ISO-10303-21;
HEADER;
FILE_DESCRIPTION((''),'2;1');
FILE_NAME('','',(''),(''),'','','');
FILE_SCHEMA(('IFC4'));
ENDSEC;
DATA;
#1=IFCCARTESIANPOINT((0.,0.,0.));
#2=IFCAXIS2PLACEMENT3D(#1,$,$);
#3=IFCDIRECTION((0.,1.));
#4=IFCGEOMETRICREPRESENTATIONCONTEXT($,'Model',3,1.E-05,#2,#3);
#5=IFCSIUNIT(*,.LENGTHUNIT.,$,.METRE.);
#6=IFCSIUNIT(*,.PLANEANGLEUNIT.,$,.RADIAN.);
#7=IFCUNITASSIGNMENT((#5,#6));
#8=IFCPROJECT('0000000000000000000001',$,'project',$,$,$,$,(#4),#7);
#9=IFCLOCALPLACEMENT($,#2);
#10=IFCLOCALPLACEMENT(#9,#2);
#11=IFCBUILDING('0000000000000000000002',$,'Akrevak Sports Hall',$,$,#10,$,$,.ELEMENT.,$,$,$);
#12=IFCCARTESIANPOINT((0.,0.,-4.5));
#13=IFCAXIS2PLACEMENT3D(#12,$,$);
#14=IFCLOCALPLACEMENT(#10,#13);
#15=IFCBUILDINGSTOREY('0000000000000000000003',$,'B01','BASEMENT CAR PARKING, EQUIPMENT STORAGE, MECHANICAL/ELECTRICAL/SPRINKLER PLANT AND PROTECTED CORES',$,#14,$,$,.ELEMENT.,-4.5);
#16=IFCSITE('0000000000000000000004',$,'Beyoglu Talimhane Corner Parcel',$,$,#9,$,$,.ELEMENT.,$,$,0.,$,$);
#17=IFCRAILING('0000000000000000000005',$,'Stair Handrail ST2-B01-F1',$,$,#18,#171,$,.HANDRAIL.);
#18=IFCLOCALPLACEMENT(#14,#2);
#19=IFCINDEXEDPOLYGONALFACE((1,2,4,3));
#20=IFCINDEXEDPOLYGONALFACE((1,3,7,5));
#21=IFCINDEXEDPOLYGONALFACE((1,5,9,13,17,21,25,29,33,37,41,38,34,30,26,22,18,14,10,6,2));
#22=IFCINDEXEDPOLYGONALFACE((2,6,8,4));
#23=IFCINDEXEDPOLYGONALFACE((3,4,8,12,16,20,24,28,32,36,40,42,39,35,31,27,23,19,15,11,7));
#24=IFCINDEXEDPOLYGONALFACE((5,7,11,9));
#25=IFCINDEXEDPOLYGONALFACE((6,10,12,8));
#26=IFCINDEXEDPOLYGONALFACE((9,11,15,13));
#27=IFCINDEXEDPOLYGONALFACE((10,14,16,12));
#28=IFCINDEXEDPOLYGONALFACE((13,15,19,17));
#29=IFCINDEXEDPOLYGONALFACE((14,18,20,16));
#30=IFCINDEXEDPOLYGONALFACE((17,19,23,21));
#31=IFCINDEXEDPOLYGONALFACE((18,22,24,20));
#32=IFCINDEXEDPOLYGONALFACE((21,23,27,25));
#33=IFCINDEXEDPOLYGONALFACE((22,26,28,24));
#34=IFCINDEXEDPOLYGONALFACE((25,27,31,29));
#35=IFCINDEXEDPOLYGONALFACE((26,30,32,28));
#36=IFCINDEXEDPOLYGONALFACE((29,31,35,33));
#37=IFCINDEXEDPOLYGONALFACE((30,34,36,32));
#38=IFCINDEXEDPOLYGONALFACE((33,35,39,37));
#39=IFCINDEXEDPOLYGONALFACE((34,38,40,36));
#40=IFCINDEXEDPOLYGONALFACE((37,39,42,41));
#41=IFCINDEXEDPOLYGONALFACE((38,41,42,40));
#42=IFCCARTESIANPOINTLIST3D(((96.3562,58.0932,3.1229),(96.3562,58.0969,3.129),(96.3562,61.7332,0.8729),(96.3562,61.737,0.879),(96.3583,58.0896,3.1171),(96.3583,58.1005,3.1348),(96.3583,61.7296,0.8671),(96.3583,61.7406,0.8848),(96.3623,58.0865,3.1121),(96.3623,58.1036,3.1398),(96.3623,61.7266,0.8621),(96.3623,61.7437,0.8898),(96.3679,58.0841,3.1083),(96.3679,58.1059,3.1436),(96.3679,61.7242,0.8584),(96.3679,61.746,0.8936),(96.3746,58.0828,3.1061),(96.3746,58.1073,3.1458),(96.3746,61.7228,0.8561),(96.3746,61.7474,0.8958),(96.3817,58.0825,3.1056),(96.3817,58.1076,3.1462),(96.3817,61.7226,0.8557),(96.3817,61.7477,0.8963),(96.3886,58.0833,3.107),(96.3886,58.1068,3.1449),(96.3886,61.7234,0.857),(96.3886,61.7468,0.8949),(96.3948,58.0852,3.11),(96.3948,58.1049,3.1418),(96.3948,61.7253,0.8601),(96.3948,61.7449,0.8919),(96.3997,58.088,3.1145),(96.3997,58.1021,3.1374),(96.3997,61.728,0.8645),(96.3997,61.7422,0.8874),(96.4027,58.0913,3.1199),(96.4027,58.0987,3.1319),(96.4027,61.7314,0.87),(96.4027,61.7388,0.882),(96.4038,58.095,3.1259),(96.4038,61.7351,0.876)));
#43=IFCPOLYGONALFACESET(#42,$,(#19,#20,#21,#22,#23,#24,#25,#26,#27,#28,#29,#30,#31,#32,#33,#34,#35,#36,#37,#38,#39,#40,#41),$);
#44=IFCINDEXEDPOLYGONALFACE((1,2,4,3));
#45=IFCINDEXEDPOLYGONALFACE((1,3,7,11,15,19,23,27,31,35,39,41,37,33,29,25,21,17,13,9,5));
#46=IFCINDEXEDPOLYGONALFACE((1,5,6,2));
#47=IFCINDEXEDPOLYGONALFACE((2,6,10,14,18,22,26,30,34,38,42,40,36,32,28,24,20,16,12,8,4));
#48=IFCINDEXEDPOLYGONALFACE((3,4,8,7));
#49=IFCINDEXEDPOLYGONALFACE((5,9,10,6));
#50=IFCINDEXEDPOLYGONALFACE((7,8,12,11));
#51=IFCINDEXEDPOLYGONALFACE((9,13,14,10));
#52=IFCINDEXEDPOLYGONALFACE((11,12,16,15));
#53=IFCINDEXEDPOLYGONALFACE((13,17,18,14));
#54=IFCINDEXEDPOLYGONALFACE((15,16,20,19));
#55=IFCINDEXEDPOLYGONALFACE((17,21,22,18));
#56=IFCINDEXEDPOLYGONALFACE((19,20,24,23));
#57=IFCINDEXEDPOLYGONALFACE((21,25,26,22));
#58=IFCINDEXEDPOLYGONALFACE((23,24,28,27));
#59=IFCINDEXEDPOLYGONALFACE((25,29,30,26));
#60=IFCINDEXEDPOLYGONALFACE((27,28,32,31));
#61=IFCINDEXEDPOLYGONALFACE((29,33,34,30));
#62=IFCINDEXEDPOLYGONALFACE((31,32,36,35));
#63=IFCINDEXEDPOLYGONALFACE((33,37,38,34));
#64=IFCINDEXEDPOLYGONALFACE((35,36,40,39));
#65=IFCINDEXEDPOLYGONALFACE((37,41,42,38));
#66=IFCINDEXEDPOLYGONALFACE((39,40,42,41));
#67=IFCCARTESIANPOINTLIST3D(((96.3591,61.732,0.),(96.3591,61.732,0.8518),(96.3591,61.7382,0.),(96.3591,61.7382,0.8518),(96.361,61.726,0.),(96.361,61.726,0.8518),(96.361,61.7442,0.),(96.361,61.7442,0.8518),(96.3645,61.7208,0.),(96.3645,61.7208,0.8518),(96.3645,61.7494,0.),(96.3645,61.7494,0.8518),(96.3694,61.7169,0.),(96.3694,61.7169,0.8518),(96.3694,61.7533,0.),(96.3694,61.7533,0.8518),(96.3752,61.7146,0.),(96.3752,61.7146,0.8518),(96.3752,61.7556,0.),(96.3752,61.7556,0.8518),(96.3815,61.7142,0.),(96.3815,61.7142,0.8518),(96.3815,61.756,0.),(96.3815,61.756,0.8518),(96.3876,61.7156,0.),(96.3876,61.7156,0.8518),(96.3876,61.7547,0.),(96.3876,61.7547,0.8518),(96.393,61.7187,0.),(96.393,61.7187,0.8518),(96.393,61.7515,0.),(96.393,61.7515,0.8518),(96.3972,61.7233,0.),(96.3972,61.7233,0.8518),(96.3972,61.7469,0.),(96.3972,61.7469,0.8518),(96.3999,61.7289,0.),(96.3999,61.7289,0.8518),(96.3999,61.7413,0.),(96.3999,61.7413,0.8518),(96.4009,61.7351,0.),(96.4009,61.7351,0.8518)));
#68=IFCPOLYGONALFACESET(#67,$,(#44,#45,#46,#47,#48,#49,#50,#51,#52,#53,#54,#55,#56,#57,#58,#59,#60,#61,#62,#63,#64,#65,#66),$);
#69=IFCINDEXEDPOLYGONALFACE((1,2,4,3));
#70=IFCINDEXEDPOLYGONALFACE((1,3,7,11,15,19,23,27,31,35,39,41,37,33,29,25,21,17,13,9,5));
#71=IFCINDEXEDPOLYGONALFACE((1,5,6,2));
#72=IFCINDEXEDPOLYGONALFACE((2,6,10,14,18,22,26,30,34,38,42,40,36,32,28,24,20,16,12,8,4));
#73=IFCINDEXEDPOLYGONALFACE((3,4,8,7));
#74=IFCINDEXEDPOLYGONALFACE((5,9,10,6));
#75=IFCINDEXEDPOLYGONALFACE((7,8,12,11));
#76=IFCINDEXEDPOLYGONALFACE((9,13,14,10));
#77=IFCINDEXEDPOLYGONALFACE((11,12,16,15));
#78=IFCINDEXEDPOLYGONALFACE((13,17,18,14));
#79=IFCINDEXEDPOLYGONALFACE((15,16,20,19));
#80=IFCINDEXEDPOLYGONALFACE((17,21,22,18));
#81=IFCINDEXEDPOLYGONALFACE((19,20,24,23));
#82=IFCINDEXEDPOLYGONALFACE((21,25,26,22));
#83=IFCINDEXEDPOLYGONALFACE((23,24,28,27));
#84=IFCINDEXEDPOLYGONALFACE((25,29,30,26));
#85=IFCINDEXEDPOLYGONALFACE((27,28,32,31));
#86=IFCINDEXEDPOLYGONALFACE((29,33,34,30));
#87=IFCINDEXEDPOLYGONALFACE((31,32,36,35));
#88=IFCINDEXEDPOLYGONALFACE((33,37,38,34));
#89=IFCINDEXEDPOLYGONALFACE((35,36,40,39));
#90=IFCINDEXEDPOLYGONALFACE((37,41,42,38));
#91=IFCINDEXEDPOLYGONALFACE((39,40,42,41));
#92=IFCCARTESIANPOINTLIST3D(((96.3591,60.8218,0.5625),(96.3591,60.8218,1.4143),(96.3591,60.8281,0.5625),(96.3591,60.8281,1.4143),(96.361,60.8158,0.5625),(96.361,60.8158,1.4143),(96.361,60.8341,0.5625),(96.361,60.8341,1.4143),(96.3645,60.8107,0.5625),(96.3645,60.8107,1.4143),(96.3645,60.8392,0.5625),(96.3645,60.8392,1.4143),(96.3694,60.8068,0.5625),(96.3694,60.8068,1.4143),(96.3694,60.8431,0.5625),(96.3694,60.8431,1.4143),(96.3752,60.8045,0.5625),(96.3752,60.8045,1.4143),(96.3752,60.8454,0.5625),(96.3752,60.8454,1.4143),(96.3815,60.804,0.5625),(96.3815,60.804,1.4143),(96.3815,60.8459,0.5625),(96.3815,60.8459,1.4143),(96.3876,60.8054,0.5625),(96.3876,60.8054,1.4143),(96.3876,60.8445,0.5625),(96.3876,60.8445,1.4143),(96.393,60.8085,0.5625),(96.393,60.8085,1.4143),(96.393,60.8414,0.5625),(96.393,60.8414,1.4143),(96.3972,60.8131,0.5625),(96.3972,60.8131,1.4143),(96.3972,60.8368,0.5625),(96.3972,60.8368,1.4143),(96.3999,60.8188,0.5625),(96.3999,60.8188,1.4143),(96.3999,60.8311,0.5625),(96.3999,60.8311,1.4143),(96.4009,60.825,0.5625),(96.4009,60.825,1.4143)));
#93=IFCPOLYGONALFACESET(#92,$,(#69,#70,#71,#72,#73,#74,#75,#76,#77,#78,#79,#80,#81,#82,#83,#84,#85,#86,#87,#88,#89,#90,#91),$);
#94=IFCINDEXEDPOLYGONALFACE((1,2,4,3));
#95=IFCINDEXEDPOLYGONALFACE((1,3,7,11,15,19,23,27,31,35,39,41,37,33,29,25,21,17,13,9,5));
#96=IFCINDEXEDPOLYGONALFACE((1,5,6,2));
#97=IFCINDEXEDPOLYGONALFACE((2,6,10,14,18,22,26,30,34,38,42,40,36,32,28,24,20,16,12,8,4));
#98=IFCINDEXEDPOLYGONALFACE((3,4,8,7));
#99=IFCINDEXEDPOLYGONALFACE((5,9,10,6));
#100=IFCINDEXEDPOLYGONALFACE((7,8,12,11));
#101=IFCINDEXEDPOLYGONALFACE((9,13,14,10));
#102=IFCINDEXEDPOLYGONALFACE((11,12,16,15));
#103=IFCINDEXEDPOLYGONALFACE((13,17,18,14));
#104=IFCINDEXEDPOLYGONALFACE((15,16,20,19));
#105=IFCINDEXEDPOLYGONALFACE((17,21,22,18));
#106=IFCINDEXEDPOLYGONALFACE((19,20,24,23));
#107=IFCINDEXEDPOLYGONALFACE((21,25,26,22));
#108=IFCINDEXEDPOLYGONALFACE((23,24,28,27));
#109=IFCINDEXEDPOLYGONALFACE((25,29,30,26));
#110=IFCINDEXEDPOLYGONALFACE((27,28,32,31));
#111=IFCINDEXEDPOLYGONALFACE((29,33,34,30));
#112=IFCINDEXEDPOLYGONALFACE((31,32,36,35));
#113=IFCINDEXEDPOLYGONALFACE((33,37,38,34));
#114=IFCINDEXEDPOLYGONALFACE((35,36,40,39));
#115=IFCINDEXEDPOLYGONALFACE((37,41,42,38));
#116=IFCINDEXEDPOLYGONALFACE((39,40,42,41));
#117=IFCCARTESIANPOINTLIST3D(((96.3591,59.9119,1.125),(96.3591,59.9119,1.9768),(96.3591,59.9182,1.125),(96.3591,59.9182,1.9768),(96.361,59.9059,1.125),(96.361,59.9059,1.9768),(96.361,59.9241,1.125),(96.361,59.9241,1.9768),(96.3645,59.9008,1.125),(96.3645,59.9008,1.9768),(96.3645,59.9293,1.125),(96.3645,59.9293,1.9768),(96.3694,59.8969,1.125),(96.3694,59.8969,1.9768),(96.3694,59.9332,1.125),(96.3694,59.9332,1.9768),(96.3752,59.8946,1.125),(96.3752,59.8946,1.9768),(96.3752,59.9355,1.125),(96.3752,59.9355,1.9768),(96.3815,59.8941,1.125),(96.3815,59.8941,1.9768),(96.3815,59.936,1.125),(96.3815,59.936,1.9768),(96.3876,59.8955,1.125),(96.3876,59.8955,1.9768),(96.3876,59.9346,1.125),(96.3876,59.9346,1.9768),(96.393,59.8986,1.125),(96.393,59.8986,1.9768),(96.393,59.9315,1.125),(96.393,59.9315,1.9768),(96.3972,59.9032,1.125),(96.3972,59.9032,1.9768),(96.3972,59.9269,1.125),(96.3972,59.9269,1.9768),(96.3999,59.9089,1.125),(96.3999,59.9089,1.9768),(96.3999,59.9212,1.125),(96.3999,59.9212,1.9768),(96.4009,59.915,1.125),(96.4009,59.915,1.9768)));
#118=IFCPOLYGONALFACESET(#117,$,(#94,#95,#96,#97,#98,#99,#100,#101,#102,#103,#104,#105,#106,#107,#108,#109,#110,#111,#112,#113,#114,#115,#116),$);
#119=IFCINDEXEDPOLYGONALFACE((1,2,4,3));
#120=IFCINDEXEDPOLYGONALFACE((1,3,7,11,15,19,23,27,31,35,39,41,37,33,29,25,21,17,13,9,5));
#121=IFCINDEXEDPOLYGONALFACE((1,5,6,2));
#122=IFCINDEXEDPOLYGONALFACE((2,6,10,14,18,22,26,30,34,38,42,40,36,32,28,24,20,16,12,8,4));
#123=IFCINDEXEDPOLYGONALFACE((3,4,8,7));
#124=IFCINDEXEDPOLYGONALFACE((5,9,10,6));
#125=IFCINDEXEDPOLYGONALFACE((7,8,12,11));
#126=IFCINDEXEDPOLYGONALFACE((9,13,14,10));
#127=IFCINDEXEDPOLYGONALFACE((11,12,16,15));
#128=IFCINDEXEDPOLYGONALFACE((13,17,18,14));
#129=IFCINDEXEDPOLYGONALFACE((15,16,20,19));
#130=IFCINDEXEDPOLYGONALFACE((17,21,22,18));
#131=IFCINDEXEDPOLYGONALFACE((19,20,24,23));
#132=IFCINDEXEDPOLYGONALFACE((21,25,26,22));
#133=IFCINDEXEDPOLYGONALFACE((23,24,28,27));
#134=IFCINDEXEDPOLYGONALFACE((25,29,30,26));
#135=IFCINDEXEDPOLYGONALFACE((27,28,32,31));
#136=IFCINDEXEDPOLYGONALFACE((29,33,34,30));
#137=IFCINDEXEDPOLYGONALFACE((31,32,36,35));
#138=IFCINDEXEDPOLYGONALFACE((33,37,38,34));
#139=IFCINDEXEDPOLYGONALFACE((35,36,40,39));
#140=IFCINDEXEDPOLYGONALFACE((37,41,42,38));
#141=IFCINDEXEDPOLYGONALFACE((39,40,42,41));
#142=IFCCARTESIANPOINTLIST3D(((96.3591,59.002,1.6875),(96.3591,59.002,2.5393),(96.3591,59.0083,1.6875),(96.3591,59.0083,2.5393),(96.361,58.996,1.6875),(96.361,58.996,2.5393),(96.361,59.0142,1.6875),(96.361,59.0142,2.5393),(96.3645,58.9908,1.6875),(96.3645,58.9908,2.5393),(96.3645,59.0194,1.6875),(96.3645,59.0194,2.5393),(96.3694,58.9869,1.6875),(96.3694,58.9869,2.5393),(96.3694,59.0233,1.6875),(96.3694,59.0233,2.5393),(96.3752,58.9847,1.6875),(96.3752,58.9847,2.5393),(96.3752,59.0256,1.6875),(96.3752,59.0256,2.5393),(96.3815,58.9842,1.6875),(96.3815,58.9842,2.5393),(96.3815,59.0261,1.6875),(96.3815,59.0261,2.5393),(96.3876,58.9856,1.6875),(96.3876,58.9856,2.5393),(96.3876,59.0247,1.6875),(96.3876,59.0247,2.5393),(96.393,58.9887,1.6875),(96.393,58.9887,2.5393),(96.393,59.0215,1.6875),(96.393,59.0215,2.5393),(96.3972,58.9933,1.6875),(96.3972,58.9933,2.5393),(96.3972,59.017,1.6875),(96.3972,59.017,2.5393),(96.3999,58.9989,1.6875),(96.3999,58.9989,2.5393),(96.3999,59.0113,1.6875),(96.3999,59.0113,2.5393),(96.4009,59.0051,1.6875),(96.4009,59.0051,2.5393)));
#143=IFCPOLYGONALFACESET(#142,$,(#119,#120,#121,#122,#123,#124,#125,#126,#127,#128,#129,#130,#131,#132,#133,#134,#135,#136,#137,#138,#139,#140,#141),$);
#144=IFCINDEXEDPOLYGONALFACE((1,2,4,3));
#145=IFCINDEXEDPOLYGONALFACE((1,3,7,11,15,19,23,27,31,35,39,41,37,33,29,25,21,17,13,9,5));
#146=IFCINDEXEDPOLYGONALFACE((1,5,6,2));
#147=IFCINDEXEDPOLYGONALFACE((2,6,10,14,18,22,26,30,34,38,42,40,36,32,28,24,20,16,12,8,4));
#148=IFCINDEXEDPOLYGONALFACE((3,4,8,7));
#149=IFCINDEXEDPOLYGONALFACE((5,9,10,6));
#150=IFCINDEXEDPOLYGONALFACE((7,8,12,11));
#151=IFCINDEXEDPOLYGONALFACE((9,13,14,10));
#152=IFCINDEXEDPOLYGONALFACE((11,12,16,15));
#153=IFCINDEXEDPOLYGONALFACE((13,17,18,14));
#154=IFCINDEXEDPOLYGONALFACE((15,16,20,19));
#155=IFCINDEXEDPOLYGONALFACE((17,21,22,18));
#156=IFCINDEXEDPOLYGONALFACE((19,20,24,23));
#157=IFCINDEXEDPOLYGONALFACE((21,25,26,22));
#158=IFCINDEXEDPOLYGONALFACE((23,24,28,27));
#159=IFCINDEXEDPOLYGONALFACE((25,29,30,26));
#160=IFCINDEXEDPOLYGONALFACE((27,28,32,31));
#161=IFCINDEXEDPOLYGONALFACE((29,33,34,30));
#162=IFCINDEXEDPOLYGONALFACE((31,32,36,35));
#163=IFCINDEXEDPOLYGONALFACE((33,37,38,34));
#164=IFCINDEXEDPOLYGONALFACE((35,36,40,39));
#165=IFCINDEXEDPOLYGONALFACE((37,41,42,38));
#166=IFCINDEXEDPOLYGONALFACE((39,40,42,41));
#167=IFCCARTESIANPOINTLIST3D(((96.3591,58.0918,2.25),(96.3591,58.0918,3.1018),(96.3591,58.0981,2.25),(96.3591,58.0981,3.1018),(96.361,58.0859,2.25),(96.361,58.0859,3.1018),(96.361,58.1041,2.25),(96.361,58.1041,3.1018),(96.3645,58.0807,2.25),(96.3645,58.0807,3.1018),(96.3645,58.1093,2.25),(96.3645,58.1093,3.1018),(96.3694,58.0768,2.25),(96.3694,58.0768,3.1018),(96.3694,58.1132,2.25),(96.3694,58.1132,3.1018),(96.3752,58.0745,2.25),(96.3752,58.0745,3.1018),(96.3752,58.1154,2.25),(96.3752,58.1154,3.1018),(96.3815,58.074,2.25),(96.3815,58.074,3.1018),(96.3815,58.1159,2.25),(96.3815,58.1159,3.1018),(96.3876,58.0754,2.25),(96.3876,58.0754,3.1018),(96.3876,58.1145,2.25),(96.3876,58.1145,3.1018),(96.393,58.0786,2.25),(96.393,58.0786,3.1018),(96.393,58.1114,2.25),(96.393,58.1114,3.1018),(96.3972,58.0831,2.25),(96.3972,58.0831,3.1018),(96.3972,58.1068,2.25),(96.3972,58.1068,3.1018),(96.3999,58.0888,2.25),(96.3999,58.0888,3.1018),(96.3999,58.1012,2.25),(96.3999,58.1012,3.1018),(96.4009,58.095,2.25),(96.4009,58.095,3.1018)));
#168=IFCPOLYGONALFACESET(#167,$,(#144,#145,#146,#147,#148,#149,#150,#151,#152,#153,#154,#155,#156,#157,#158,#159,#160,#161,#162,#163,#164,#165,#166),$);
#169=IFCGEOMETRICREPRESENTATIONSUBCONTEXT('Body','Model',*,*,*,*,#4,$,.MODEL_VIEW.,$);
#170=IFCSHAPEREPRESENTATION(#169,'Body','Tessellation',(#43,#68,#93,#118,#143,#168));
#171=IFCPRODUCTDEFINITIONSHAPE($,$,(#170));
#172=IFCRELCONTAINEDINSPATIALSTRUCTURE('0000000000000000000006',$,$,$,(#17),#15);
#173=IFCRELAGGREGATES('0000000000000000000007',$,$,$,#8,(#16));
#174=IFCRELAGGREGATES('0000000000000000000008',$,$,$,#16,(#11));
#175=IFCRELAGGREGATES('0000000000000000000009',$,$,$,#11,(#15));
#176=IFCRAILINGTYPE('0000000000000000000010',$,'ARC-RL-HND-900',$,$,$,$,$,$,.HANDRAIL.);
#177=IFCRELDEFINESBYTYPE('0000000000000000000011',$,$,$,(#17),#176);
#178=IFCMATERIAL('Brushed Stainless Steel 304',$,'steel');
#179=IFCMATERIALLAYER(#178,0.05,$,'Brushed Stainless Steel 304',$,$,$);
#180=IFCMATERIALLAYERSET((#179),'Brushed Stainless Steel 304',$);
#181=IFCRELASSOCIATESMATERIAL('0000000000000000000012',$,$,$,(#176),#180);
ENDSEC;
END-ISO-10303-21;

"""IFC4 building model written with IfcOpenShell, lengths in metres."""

from ifc_helpers import new_model, si_unit, direction, frame, origin, origin_2d, place, context, subcontext, project, spatial, circle, extrude, material, layer, layer_set, type_object, element, save


model = new_model("IFC4")

# Units and contexts
model_context = context("Model", 3, precision=1e-05, world=origin(), true_north=direction((0.0, 1.0)))
body_context = subcontext(model_context, "Body", "Model", "MODEL_VIEW")
ifc_project = project(units=[si_unit("LENGTHUNIT", "METRE"), si_unit("PLANEANGLEUNIT", "RADIAN")], contexts=[model_context])

# Site, building, storey
site_placement = place(None, origin())
site = spatial("IfcSite", under=ifc_project, at=site_placement, Name="Beyoglu Talimhane Corner Parcel", CompositionType="ELEMENT", RefElevation=0.0)
building_placement = place(site_placement, origin())
building = spatial("IfcBuilding", under=site, at=building_placement, Name="Akrevak Sports Hall", CompositionType="ELEMENT")
storey_placement = place(building_placement, frame((0.0, 0.0, -4.5)))
storey = spatial("IfcBuildingStorey", under=building, at=storey_placement, Name="B01", Description="BASEMENT CAR PARKING, EQUIPMENT STORAGE, MECHANICAL/ELECTRICAL/SPRINKLER PLANT AND PROTECTED CORES", CompositionType="ELEMENT", Elevation=-4.5)

# Railing
ifc_material_1 = material(Name="Brushed Stainless Steel 304", Category="steel")
ifc_layer_1 = layer(ifc_material_1, 0.05, Name="Brushed Stainless Steel 304")
ifc_layer_set_1 = layer_set([ifc_layer_1], Name="Brushed Stainless Steel 304")
railing_type_1 = type_object("IfcRailingType", Name="ARC-RL-HND-900", PredefinedType="HANDRAIL", material=ifc_layer_set_1)
railing_1_placement = place(storey_placement, frame((96.3799, 61.7351, 0.0)))
element("IfcRailing", 1, at=railing_1_placement, inside=storey, type_object=railing_type_1, Name="Stair Handrail ST2-B01-F1", PredefinedType="HANDRAIL", context=body_context, shape_type="SweptSolid", body=[
    extrude(circle(Radius=0.0239, at=origin_2d()), frame((0.0, 0.0, 0.876), z_axis=(0.0, -0.850622, 0.525777), x_axis=(1.0, 0.0, 0.0)), (0.0, 0.0, 1.0), 4.2793),
    extrude(circle(Radius=0.021, at=origin_2d()), origin(), (0.0, 0.0, 1.0), 0.8518),
    extrude(circle(Radius=0.021, at=origin_2d()), frame((0.0, -0.9102, 0.5625)), (0.0, 0.0, 1.0), 0.8518),
    extrude(circle(Radius=0.021, at=origin_2d()), frame((0.0, -1.8201, 1.125)), (0.0, 0.0, 1.0), 0.8518),
    extrude(circle(Radius=0.021, at=origin_2d()), frame((0.0, -2.73, 1.6875)), (0.0, 0.0, 1.0), 0.8518),
    extrude(circle(Radius=0.021, at=origin_2d()), frame((0.0, -3.6401, 2.25)), (0.0, 0.0, 1.0), 0.8518),
])

save(model, "model.ifc")
